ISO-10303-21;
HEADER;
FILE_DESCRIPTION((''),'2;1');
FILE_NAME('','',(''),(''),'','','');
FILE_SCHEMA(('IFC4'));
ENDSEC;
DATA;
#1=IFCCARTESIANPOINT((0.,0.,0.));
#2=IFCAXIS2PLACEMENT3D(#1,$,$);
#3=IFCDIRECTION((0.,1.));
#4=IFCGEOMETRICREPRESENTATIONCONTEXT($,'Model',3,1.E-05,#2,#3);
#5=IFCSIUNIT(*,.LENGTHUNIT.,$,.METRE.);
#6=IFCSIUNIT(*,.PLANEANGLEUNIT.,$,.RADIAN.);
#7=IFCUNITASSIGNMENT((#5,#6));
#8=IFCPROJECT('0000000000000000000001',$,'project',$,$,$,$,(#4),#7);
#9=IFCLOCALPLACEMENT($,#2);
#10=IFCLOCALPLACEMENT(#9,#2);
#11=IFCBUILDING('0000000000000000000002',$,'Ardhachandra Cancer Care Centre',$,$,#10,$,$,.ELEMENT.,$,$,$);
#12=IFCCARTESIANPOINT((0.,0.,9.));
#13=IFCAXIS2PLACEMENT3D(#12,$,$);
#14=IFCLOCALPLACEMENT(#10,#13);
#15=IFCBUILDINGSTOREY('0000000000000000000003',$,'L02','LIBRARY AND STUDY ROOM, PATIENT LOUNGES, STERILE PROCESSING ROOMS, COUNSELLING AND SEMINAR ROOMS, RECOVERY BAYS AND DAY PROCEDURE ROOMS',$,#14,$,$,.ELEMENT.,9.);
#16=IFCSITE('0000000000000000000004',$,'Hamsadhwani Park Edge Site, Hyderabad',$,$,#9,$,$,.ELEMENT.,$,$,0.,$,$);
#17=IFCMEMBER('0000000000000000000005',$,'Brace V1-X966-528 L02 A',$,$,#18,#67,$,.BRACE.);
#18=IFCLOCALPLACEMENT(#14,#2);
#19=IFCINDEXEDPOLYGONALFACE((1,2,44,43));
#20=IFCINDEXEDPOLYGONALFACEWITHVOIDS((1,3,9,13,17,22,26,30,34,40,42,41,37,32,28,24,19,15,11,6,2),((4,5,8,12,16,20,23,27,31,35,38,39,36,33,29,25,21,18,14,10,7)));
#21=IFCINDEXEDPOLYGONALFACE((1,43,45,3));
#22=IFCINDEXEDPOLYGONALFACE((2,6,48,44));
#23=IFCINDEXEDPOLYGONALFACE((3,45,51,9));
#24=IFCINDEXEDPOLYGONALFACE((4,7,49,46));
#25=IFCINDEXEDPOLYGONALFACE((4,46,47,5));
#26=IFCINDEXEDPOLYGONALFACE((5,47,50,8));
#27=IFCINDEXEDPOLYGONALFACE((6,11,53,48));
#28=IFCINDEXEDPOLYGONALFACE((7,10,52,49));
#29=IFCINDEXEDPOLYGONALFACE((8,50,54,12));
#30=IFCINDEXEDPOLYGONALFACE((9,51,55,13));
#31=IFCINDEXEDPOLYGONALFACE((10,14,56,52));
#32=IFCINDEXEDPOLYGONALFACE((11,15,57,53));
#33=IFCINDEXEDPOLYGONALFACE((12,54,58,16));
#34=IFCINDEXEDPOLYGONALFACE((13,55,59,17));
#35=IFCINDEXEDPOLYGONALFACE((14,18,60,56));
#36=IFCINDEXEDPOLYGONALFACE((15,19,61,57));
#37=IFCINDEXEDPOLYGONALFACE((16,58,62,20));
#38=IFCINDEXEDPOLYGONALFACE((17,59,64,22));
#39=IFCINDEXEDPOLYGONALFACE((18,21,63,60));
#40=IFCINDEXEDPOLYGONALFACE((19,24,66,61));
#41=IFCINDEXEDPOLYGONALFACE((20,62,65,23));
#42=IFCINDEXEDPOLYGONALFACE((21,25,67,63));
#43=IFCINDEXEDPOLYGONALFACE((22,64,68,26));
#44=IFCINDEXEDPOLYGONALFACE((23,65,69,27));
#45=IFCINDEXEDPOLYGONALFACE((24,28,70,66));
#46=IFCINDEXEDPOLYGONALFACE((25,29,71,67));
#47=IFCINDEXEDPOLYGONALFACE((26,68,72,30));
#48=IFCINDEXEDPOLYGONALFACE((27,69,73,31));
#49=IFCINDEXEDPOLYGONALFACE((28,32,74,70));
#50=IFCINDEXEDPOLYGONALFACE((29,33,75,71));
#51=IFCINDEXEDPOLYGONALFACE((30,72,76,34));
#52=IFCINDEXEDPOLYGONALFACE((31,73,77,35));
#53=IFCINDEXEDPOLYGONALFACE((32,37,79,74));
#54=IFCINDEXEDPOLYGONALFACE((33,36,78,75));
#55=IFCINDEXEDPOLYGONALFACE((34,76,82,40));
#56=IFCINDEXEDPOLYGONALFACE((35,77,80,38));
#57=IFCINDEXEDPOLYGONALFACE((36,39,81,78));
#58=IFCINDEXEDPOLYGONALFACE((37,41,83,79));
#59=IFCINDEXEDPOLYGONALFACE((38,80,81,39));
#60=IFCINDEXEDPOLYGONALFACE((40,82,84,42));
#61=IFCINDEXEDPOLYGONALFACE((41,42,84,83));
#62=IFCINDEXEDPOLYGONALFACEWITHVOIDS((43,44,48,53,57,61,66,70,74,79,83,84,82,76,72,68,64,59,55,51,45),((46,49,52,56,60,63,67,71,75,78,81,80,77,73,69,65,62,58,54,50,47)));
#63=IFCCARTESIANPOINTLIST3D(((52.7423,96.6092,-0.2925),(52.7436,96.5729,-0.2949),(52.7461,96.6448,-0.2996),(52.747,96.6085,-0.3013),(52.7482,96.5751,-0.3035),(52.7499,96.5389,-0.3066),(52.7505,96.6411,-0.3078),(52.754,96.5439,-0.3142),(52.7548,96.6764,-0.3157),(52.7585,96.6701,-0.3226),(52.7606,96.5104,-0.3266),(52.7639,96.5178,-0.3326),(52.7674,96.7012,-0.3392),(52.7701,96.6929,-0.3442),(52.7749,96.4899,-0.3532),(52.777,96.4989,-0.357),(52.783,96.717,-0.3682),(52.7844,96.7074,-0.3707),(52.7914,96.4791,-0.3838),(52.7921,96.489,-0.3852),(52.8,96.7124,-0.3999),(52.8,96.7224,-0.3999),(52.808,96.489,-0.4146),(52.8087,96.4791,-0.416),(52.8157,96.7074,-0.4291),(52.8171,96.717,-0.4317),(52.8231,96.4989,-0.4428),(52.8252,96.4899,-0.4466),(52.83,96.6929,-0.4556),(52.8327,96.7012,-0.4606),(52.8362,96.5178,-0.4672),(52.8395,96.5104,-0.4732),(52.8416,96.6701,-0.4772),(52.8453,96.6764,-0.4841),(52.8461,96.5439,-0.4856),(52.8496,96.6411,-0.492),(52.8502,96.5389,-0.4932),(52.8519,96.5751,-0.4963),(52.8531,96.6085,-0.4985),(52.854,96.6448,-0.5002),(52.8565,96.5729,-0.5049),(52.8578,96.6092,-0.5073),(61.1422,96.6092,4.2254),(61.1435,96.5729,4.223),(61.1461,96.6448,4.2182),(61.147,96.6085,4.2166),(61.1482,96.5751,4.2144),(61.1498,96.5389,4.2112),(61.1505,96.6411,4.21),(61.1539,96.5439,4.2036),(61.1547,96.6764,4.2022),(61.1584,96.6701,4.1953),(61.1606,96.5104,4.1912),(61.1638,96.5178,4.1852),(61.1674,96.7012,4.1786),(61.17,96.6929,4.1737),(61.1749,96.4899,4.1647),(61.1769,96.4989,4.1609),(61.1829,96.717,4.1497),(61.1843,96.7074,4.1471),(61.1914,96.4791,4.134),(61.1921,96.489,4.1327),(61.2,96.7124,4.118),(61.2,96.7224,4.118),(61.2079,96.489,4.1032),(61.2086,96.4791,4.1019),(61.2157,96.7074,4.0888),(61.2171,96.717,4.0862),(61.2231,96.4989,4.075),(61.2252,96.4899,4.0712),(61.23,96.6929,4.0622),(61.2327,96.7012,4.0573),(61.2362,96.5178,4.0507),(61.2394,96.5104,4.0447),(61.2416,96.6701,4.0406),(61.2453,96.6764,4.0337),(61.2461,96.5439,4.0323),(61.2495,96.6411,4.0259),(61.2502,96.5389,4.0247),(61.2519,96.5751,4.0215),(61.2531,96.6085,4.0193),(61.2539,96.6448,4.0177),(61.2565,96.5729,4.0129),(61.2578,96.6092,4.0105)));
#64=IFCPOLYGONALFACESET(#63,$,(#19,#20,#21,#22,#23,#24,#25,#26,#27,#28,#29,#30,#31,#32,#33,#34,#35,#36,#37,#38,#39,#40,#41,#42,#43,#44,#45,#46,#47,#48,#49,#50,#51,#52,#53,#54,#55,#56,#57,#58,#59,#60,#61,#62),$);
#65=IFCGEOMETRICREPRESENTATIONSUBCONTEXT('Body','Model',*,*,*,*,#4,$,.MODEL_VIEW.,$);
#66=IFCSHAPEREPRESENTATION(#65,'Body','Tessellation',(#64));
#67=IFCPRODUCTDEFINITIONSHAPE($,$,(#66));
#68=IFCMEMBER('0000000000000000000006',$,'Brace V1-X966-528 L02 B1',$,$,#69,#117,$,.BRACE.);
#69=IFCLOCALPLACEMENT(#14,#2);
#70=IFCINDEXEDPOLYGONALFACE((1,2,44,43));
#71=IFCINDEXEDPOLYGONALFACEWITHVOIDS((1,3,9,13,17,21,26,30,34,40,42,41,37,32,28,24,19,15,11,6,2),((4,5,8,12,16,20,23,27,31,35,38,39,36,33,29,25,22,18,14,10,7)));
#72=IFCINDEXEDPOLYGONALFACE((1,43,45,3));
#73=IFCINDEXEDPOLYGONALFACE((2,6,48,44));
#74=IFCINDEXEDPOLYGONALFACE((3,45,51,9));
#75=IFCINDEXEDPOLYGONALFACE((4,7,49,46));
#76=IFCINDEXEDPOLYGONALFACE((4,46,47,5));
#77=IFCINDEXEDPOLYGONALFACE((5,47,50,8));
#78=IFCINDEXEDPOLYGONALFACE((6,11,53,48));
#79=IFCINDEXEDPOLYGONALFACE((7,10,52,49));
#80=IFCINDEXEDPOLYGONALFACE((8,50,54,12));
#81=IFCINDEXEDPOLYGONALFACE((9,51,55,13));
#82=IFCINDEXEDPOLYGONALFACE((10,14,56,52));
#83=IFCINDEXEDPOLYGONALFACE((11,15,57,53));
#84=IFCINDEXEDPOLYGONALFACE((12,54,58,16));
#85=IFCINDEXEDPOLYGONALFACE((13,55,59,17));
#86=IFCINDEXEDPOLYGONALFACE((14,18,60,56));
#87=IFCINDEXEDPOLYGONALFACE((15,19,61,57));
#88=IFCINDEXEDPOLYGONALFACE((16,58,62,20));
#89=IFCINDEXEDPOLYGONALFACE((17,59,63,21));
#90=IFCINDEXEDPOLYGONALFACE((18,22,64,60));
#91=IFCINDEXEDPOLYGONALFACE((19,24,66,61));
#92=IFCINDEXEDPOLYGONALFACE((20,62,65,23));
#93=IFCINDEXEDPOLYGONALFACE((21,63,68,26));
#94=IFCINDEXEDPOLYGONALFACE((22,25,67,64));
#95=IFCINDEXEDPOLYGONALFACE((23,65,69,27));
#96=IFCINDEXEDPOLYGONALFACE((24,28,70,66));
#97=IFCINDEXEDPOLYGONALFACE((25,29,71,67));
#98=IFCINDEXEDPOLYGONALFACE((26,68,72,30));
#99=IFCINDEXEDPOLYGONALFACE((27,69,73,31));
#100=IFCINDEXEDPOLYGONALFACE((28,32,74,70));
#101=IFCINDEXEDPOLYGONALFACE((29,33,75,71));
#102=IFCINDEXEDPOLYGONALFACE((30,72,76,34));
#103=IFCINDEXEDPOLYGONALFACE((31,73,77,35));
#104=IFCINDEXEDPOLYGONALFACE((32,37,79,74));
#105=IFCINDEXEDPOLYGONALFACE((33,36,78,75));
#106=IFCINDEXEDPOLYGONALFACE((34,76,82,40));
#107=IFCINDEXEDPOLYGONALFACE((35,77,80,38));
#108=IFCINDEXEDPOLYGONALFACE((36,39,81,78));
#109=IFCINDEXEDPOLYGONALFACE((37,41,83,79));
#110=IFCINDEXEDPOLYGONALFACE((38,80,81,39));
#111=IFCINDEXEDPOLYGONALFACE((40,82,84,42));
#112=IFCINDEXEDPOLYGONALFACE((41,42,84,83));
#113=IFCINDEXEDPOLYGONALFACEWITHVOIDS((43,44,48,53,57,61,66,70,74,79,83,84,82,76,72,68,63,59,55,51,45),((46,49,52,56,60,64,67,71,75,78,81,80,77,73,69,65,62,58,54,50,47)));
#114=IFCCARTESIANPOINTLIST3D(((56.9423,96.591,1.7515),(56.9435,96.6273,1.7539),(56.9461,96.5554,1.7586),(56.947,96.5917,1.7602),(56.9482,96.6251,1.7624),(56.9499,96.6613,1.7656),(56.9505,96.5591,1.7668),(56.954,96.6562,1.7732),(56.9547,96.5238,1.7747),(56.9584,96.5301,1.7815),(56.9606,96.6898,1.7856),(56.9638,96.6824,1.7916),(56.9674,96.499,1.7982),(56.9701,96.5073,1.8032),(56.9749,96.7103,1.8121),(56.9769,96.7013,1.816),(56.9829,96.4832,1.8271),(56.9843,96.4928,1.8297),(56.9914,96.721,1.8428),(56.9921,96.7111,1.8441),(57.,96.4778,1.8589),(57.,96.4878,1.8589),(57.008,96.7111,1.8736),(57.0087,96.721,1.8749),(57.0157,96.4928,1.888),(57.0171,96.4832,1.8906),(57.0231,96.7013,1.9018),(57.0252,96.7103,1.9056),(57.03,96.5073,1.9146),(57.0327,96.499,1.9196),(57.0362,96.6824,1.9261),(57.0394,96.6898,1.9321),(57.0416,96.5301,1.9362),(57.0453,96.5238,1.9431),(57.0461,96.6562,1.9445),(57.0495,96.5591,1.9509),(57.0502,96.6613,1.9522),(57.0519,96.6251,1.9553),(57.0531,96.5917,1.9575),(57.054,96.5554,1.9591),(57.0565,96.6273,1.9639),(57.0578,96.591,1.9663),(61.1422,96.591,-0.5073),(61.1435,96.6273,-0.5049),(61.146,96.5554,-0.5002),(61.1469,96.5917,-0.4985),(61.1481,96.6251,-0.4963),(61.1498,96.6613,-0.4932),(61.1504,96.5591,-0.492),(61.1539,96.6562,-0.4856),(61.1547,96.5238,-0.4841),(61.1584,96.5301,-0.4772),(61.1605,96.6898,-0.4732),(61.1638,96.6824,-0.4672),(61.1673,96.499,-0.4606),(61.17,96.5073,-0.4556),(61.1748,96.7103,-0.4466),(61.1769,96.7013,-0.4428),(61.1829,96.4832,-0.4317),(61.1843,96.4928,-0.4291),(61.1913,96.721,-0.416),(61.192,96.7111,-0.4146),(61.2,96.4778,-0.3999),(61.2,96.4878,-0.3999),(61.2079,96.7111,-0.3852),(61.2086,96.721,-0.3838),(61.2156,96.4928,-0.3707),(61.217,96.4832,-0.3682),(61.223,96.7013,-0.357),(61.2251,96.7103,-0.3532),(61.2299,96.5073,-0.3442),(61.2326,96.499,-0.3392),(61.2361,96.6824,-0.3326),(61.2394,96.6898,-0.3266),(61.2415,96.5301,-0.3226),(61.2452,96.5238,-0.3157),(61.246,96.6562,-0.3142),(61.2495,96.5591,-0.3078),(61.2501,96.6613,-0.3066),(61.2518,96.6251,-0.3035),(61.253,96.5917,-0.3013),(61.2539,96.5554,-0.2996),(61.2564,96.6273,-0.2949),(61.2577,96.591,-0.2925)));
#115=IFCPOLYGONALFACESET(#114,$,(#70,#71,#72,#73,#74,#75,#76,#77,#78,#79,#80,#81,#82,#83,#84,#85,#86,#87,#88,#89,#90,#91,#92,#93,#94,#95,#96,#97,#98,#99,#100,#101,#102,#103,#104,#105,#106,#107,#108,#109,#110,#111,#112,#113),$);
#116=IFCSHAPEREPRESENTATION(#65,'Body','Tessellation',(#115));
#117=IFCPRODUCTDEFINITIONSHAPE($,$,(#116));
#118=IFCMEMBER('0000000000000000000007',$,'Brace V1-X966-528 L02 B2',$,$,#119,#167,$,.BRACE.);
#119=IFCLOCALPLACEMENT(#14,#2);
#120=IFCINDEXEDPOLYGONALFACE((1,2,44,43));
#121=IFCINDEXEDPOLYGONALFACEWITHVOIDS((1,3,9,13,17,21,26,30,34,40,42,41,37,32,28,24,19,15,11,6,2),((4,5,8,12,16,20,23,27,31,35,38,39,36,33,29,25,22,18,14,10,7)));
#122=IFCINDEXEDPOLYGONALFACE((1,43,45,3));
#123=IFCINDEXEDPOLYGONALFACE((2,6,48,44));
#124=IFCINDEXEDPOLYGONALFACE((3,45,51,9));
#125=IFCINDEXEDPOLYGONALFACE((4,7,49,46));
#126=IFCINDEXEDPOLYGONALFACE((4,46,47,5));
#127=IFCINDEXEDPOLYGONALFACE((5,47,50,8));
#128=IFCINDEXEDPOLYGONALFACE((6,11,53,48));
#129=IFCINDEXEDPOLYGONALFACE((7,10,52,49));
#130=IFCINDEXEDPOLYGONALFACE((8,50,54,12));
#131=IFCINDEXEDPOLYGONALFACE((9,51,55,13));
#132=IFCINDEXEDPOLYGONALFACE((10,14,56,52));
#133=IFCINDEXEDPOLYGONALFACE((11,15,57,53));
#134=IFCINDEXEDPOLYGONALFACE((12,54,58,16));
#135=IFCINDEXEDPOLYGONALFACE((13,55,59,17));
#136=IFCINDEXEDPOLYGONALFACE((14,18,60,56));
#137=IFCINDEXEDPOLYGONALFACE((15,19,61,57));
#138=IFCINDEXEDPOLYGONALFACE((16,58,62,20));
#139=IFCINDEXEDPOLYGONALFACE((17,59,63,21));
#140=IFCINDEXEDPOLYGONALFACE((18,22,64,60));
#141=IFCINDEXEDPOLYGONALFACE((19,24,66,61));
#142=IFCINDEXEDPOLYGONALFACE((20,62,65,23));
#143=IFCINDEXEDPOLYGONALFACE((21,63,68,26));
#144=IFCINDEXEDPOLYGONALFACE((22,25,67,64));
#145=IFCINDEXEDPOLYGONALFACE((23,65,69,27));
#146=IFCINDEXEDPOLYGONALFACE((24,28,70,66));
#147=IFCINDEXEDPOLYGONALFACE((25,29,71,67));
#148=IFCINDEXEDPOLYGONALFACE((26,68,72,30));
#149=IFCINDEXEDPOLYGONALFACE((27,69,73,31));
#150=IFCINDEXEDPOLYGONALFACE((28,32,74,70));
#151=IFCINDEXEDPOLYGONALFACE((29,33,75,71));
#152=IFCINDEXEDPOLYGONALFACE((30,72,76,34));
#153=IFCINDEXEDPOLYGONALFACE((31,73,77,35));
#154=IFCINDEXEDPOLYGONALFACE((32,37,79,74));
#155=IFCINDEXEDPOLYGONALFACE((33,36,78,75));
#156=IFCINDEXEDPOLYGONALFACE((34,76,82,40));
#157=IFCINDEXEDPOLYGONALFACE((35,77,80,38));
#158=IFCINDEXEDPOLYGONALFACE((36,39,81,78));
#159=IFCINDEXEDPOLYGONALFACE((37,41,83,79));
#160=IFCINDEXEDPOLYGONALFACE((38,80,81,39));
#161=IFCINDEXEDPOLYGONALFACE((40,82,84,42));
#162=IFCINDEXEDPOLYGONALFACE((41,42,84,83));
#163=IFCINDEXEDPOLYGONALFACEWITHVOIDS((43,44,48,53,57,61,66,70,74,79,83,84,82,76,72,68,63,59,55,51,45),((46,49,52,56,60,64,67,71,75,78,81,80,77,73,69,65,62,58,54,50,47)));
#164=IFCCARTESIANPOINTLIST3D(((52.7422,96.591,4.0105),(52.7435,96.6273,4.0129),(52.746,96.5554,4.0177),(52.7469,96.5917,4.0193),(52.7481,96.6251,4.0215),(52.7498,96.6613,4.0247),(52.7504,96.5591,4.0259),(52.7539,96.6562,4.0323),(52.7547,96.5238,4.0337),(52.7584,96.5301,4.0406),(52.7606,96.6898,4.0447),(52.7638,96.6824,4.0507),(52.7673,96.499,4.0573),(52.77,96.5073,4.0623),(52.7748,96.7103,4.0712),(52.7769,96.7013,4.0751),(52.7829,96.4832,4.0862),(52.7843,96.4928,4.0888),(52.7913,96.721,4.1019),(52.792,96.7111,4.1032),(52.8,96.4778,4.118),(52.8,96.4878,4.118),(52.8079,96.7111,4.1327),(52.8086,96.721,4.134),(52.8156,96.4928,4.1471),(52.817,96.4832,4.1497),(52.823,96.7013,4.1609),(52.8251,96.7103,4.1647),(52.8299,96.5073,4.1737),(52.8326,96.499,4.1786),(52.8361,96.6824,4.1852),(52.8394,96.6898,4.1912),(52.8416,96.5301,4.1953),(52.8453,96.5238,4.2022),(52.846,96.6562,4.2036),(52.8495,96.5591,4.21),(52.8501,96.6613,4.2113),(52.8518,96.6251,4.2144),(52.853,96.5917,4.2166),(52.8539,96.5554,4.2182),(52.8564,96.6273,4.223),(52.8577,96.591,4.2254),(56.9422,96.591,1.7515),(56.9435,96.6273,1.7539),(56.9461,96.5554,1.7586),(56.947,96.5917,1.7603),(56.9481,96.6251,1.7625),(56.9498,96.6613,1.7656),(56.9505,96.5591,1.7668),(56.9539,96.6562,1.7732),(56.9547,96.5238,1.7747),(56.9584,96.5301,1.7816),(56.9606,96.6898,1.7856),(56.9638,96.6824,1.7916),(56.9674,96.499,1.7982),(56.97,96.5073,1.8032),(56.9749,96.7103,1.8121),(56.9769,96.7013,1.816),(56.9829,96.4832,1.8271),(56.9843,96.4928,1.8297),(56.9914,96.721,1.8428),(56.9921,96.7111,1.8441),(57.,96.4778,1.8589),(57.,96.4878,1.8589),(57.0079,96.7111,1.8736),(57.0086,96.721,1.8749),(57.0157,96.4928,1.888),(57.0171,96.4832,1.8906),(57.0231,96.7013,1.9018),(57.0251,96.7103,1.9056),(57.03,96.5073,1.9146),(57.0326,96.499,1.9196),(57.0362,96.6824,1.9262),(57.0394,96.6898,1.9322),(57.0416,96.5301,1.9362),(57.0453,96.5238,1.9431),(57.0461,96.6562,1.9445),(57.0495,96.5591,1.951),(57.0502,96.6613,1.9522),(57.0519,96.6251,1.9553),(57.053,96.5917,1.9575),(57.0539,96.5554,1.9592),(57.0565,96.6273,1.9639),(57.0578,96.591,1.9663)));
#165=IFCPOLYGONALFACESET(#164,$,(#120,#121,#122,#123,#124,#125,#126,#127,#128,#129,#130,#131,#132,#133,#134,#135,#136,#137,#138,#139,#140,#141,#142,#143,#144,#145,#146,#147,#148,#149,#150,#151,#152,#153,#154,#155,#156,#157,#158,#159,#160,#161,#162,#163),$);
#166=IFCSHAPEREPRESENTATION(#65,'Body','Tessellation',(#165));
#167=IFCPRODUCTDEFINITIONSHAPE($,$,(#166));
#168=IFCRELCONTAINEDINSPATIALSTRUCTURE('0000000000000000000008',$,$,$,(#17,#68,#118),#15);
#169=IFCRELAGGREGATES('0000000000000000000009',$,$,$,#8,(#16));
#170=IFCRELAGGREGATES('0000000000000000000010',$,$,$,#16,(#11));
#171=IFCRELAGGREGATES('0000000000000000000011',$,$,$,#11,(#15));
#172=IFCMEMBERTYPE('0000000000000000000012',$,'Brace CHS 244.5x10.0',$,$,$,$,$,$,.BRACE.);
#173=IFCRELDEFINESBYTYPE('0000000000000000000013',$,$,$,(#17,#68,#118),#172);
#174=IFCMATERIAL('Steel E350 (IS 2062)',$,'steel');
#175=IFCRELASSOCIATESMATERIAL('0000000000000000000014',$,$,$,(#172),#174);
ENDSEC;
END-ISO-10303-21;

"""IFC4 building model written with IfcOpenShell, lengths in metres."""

from ifc_helpers import new_model, si_unit, direction, frame, origin, origin_2d, place, context, subcontext, project, spatial, hollow_circle, extrude, material, material_profile, profile_set, type_object, element, save


model = new_model("IFC4")

# Units and contexts
model_context = context("Model", 3, precision=1e-05, world=origin(), true_north=direction((0.0, 1.0)))
body_context = subcontext(model_context, "Body", "Model", "MODEL_VIEW")
ifc_project = project(units=[si_unit("LENGTHUNIT", "METRE"), si_unit("PLANEANGLEUNIT", "RADIAN")], contexts=[model_context])

# Site, building, storey
site_placement = place(None, origin())
site = spatial("IfcSite", under=ifc_project, at=site_placement, Name="Hamsadhwani Park Edge Site, Hyderabad", CompositionType="ELEMENT", RefElevation=0.0)
building_placement = place(site_placement, origin())
building = spatial("IfcBuilding", under=site, at=building_placement, Name="Ardhachandra Cancer Care Centre", CompositionType="ELEMENT")
storey_placement = place(building_placement, frame((0.0, 0.0, 9.0)))
storey = spatial("IfcBuildingStorey", under=building, at=storey_placement, Name="L02", Description="LIBRARY AND STUDY ROOM, PATIENT LOUNGES, STERILE PROCESSING ROOMS, COUNSELLING AND SEMINAR ROOMS, RECOVERY BAYS AND DAY PROCEDURE ROOMS", CompositionType="ELEMENT", Elevation=9.0)

# Members
ifc_material_1 = material(Name="Steel E350 (IS 2062)", Category="steel")
ifc_material_profile_1 = material_profile(ifc_material_1, hollow_circle(Radius=0.1223, WallThickness=0.01, at=origin_2d()), Name="CHS 244.5x10.0")
ifc_profile_set_1 = profile_set([ifc_material_profile_1], Name="Steel E350 (IS 2062)")
member_type_1 = type_object("IfcMemberType", Name="Brace CHS 244.5x10.0", PredefinedType="BRACE", material=ifc_profile_set_1)
member_1_placement = place(storey_placement, frame((52.8, 96.6001, -0.3999), z_axis=(0.880699, 0.0, 0.473677), x_axis=(0.0, 1.0, 0.0)))
element("IfcMember", 1, at=member_1_placement, inside=storey, type_object=member_type_1, Name="Brace V1-X966-528 L02 A", PredefinedType="BRACE", context=body_context, shape_type="SweptSolid", body=[
    extrude(hollow_circle(Radius=0.1223, WallThickness=0.01, at=origin_2d()), origin(), (0.0, 0.0, 1.0), 9.5378),
])
member_2_placement = place(storey_placement, frame((61.2, 96.6001, -0.3999), z_axis=(-0.880709, 0.0, 0.473657), x_axis=(0.0, -1.0, 0.0)))
element("IfcMember", 2, at=member_2_placement, inside=storey, type_object=member_type_1, Name="Brace V1-X966-528 L02 B1", PredefinedType="BRACE", context=body_context, shape_type="SweptSolid", body=[
    extrude(hollow_circle(Radius=0.1223, WallThickness=0.01, at=origin_2d()), origin(), (0.0, 0.0, 1.0), 4.7688),
])
member_3_placement = place(storey_placement, frame((57.0, 96.6001, 1.8589), z_axis=(-0.880688, 0.0, 0.473697), x_axis=(0.0, -1.0, 0.0)))
element("IfcMember", 3, at=member_3_placement, inside=storey, type_object=member_type_1, Name="Brace V1-X966-528 L02 B2", PredefinedType="BRACE", context=body_context, shape_type="SweptSolid", body=[
    extrude(hollow_circle(Radius=0.1223, WallThickness=0.01, at=origin_2d()), origin(), (0.0, 0.0, 1.0), 4.769),
])

save(model, "model.ifc")
